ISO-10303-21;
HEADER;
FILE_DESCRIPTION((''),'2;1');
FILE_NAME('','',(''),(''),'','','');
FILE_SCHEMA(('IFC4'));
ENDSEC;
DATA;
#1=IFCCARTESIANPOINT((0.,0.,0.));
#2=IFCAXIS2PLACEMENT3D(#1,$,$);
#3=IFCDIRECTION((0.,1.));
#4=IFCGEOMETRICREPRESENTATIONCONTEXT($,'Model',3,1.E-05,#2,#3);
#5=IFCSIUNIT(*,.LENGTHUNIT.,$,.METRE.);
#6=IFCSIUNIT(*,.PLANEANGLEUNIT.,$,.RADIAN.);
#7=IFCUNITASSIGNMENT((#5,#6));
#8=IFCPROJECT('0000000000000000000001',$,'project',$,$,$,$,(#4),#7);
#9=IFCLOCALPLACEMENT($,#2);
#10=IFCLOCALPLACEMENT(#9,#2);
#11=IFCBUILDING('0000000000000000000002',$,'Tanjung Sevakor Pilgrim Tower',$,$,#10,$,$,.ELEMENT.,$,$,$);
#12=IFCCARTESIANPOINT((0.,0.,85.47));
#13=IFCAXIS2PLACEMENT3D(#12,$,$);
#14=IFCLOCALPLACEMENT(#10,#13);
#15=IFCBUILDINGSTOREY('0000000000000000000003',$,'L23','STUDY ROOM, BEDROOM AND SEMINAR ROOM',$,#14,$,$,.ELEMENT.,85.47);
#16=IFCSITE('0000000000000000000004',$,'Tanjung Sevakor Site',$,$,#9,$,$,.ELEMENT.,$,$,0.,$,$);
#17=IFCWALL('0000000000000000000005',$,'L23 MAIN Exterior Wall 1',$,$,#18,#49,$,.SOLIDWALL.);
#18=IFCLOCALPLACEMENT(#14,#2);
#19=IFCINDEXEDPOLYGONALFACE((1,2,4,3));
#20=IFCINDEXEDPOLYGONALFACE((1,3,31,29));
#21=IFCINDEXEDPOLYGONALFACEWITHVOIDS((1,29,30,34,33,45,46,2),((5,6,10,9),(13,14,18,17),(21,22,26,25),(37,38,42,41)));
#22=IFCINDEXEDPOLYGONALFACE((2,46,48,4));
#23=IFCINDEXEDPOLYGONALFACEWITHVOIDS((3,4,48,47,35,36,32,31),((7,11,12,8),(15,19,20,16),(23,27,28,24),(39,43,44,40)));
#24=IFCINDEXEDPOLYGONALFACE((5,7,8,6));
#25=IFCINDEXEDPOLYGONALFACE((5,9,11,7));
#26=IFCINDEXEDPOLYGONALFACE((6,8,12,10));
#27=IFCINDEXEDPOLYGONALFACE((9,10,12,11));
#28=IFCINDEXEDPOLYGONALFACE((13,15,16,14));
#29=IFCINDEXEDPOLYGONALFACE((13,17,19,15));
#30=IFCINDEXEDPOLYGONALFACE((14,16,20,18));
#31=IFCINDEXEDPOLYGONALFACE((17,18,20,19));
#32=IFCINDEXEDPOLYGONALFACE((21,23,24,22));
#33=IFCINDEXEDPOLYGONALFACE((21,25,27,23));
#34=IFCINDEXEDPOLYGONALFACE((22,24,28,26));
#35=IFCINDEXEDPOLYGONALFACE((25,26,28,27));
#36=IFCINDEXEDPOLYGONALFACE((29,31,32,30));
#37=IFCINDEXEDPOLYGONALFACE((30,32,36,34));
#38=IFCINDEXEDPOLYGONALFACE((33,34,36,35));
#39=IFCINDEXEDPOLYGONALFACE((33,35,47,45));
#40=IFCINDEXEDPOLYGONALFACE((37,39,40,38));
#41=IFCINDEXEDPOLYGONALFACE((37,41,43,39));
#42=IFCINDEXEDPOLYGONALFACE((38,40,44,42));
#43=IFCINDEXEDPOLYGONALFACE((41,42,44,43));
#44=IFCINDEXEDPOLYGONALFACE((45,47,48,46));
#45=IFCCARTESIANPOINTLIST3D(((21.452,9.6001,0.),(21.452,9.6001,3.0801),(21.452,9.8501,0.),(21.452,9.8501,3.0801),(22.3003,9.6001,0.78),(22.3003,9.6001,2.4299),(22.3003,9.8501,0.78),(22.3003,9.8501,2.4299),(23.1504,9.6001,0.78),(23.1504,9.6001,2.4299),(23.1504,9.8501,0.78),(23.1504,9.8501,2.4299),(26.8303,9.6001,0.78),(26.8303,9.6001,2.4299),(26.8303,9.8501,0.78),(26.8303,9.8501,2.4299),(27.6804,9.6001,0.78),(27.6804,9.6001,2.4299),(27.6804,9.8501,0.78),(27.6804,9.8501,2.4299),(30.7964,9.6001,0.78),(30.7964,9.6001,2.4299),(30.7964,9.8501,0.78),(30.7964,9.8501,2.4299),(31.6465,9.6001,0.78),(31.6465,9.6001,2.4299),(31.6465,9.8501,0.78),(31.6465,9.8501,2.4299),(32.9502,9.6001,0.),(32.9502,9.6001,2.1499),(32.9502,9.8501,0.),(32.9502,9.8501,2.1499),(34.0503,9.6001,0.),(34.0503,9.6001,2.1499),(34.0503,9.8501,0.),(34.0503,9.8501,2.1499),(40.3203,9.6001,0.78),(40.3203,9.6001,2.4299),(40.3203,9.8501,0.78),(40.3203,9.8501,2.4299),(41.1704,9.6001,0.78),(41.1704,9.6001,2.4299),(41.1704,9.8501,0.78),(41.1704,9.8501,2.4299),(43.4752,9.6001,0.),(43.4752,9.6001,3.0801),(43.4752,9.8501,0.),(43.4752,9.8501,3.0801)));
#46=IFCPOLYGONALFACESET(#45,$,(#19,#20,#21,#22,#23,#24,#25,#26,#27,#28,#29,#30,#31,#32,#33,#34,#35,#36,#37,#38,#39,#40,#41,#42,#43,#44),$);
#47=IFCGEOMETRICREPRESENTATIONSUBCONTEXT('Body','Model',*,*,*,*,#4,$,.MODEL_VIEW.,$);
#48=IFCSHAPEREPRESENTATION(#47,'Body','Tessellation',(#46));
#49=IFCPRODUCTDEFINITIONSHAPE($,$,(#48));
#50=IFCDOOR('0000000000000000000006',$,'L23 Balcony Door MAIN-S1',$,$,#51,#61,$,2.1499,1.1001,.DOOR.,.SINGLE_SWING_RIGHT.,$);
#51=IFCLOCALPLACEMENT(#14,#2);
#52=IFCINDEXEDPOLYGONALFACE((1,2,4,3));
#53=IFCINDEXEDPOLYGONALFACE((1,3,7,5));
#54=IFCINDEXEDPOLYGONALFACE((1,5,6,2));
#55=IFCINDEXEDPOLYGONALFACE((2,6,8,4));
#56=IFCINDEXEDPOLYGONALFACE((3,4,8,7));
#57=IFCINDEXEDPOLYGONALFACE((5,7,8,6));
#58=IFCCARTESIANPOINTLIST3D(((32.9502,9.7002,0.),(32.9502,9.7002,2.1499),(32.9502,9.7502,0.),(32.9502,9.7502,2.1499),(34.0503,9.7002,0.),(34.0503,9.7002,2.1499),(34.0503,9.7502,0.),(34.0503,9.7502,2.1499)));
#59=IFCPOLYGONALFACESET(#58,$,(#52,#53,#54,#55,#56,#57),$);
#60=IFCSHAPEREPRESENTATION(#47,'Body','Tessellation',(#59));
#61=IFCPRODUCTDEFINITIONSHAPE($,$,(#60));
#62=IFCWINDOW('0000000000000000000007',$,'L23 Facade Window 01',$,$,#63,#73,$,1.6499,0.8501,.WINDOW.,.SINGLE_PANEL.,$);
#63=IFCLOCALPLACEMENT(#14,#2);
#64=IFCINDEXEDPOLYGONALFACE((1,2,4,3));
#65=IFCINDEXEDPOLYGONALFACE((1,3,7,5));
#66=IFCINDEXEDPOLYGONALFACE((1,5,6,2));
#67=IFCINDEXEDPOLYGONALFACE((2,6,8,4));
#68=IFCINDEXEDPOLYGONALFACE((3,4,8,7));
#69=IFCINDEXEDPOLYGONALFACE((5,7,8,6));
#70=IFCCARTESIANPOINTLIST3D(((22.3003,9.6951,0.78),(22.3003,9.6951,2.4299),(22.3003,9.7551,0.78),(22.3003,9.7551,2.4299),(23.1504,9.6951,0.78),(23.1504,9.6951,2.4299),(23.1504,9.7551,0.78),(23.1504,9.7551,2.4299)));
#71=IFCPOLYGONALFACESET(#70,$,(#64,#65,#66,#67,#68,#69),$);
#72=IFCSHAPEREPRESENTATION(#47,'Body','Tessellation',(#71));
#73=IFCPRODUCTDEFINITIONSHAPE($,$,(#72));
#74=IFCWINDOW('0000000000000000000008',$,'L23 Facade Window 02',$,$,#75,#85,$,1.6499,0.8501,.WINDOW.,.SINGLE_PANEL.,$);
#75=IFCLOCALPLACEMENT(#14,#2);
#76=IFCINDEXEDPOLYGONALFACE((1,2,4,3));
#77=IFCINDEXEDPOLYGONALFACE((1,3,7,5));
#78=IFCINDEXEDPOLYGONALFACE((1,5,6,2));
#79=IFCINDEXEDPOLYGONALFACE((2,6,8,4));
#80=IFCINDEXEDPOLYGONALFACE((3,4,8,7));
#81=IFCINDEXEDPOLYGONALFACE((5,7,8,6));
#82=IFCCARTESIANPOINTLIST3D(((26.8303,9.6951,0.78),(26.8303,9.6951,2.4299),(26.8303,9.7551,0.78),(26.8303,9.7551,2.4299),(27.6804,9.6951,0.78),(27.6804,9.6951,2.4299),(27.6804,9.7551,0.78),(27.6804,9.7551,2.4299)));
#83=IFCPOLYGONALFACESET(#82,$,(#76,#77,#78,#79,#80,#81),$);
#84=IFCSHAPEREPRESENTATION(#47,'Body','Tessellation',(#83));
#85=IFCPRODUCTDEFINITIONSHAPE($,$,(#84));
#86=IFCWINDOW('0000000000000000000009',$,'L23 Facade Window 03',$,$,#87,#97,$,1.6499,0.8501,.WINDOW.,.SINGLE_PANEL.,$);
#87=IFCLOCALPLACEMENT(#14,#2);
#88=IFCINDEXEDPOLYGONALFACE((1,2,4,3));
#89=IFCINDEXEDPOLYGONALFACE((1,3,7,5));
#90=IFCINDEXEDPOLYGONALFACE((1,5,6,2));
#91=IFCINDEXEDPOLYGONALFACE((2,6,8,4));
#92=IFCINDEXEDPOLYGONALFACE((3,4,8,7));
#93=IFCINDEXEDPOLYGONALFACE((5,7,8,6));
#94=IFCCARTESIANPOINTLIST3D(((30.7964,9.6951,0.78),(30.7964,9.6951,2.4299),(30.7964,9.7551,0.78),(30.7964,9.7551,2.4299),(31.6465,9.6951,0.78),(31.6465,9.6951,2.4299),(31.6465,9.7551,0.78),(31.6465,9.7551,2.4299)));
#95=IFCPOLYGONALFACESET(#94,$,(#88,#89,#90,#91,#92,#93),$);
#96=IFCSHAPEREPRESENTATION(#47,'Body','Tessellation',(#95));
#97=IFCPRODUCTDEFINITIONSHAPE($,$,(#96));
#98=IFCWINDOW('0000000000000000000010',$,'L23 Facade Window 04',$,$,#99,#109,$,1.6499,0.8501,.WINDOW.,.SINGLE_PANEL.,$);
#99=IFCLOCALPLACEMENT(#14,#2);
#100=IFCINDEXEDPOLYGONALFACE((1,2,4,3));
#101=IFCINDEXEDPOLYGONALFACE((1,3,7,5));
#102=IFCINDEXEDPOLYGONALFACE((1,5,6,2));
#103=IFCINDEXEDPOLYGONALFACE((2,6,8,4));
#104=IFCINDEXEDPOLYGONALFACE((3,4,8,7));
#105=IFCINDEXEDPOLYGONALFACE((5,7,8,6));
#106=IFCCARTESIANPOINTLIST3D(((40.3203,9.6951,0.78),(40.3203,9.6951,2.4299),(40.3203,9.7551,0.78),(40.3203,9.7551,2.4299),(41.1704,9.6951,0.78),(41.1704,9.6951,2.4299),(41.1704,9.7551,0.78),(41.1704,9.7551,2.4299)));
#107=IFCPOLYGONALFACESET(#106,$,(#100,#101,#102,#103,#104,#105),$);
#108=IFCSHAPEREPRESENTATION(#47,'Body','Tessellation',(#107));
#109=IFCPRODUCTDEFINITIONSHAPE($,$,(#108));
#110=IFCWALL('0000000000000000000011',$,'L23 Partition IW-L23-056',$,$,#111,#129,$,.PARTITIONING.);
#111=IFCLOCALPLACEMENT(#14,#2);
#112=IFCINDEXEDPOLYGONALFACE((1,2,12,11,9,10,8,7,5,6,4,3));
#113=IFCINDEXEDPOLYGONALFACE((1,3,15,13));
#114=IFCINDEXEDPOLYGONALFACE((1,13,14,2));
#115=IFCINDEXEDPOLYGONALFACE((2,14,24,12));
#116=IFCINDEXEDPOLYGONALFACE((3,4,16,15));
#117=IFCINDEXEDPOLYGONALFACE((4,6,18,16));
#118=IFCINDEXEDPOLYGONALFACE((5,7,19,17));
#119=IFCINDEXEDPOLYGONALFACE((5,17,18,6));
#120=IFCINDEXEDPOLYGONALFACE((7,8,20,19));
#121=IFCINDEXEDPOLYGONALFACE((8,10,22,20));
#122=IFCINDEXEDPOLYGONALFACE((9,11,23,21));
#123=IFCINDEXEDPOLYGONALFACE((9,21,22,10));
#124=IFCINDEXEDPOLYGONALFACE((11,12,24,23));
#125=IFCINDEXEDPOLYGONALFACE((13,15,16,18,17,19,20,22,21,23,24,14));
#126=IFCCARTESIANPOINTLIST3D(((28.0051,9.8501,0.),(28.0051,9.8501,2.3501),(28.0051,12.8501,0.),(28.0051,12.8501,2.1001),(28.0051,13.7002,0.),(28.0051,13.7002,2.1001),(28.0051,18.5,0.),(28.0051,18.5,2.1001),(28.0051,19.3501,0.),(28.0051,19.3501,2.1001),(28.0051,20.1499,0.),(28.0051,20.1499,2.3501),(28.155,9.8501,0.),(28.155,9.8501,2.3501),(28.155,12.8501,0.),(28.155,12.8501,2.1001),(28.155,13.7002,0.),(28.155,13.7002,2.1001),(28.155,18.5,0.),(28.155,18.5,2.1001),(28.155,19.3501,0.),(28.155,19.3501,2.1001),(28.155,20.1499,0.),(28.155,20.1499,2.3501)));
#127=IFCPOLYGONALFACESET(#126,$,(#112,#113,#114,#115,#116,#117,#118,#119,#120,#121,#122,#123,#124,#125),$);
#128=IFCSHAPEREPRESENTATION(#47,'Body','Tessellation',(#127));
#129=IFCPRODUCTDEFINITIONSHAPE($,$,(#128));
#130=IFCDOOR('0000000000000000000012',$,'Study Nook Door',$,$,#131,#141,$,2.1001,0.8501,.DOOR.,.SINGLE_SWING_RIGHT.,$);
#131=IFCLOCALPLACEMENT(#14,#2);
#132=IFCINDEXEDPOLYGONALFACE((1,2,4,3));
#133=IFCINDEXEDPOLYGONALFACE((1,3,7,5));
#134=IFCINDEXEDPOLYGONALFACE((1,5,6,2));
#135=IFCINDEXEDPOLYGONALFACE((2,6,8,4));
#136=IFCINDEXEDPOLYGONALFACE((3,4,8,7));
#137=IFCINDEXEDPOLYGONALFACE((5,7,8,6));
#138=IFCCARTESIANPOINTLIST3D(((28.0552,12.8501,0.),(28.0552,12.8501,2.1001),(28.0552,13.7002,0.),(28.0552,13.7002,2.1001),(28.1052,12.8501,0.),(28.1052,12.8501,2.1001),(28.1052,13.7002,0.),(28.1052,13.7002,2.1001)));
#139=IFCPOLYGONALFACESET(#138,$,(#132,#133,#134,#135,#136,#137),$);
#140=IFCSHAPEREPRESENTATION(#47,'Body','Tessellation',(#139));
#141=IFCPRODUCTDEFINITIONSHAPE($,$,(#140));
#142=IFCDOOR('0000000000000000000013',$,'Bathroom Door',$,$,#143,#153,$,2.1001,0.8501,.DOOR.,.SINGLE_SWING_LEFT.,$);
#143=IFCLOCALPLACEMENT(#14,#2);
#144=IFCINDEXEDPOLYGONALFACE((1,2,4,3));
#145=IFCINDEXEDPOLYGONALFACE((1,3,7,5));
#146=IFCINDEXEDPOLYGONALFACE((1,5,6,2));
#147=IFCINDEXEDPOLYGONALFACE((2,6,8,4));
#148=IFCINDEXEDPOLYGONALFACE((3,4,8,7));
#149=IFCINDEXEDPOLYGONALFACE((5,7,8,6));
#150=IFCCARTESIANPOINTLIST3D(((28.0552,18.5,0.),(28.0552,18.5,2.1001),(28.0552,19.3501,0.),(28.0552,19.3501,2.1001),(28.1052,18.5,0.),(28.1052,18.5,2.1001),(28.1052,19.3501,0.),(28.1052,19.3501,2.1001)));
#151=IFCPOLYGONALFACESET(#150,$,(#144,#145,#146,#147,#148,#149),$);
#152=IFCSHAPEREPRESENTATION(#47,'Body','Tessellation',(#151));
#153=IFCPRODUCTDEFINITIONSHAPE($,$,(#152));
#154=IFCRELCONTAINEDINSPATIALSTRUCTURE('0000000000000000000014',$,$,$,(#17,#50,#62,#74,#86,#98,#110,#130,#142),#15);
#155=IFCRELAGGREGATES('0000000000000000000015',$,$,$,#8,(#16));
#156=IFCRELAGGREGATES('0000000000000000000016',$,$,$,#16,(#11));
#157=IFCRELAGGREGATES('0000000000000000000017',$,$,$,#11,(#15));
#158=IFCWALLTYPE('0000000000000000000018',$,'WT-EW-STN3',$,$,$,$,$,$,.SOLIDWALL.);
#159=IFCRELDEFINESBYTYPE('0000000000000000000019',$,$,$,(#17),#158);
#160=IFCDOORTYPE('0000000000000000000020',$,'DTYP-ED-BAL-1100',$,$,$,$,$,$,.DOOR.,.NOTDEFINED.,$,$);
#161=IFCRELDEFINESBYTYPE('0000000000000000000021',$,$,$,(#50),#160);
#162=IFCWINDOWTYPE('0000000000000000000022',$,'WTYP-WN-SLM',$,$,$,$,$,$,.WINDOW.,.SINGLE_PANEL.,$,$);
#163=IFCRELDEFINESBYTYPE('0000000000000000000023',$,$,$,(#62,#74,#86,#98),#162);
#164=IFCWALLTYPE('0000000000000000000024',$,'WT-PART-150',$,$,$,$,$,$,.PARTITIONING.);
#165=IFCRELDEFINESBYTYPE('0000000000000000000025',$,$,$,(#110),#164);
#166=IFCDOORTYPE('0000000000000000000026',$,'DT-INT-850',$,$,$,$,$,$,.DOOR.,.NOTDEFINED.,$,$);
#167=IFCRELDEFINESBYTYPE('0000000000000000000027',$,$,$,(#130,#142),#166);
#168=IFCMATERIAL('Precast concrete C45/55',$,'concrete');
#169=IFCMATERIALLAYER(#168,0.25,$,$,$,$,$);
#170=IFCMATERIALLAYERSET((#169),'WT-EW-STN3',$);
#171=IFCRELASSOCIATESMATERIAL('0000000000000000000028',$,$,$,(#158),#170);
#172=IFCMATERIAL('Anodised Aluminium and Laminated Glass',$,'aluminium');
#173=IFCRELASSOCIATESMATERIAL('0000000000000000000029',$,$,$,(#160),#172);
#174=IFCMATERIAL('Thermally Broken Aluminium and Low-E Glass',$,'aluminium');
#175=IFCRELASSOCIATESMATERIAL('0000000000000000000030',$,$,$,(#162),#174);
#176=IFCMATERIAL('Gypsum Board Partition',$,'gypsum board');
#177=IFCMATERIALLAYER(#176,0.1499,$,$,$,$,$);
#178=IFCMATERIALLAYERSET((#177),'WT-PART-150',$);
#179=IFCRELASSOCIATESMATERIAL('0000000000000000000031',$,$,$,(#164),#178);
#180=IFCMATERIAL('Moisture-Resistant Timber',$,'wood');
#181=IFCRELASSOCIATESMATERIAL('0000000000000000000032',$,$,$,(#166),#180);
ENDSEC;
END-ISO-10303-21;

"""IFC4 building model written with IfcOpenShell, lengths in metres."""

from ifc_helpers import new_model, si_unit, direction, frame, frame_2d, origin, place, context, subcontext, project, spatial, rectangle, extrude, material, layer, layer_set, type_object, element, fill, save


model = new_model("IFC4")

# Units and contexts
model_context = context("Model", 3, precision=1e-05, world=origin(), true_north=direction((0.0, 1.0)))
body_context = subcontext(model_context, "Body", "Model", "MODEL_VIEW")
ifc_project = project(units=[si_unit("LENGTHUNIT", "METRE"), si_unit("PLANEANGLEUNIT", "RADIAN")], contexts=[model_context])

# Site, building, storey
site_placement = place(None, origin())
site = spatial("IfcSite", under=ifc_project, at=site_placement, Name="Tanjung Sevakor Site", CompositionType="ELEMENT", RefElevation=0.0)
building_placement = place(site_placement, origin())
building = spatial("IfcBuilding", under=site, at=building_placement, Name="Tanjung Sevakor Pilgrim Tower", CompositionType="ELEMENT")
storey_placement = place(building_placement, frame((0.0, 0.0, 85.47)))
storey = spatial("IfcBuildingStorey", under=building, at=storey_placement, Name="L23", Description="STUDY ROOM, BEDROOM AND SEMINAR ROOM", CompositionType="ELEMENT", Elevation=85.47)

# Wall, openings, door, windows
ifc_material_1 = material(Name="Precast concrete C45/55", Category="concrete")
ifc_layer_1 = layer(ifc_material_1, 0.25)
ifc_layer_set_1 = layer_set([ifc_layer_1], Name="WT-EW-STN3")
wall_type_1 = type_object("IfcWallType", Name="WT-EW-STN3", PredefinedType="SOLIDWALL", material=ifc_layer_set_1)
wall_1_placement = place(storey_placement, frame((21.4519, 9.7251, 0.0), z_axis=(0.0, 0.0, 1.0), x_axis=(1.0, 0.0, 0.0)))
wall_1 = element("IfcWall", 1, at=wall_1_placement, inside=storey, type_object=wall_type_1, Name="L23 MAIN Exterior Wall 1", PredefinedType="SOLIDWALL", context=body_context, shape_type="SweptSolid", body=[
    extrude(rectangle(XDim=22.0232, YDim=0.25, at=frame_2d((11.0117, 0.0))), origin(), (0.0, 0.0, 1.0), 3.0801),
])
opening_1_placement = place(wall_1_placement, frame((11.4983, 0.0, 0.0)))
opening_1 = element("IfcOpeningElement", 2, at=opening_1_placement, cuts=wall_1, PredefinedType="OPENING", context=body_context, shape_type="SweptSolid", body=[
    extrude(rectangle(XDim=1.1001, YDim=2.1499, at=frame_2d((0.55, 1.075))), frame((0.0, 0.135, 0.0), z_axis=(0.0, -1.0, 0.0), x_axis=(1.0, 0.0, 0.0)), (0.0, 0.0, 1.0), 0.27),
])
opening_2_placement = place(wall_1_placement, frame((0.8484, 0.0, 0.78)))
opening_2 = element("IfcOpeningElement", 3, at=opening_2_placement, cuts=wall_1, PredefinedType="OPENING", context=body_context, shape_type="SweptSolid", body=[
    extrude(rectangle(XDim=0.8501, YDim=1.6499, at=frame_2d((0.425, 0.825))), frame((0.0, 0.135, 0.0), z_axis=(0.0, -1.0, 0.0), x_axis=(1.0, 0.0, 0.0)), (0.0, 0.0, 1.0), 0.27),
])
opening_3_placement = place(wall_1_placement, frame((5.3784, 0.0, 0.78)))
opening_3 = element("IfcOpeningElement", 4, at=opening_3_placement, cuts=wall_1, PredefinedType="OPENING", context=body_context, shape_type="SweptSolid", body=[
    extrude(rectangle(XDim=0.8501, YDim=1.6499, at=frame_2d((0.425, 0.825))), frame((0.0, 0.135, 0.0), z_axis=(0.0, -1.0, 0.0), x_axis=(1.0, 0.0, 0.0)), (0.0, 0.0, 1.0), 0.27),
])
opening_4_placement = place(wall_1_placement, frame((9.3445, 0.0, 0.78)))
opening_4 = element("IfcOpeningElement", 5, at=opening_4_placement, cuts=wall_1, PredefinedType="OPENING", context=body_context, shape_type="SweptSolid", body=[
    extrude(rectangle(XDim=0.8501, YDim=1.6499, at=frame_2d((0.425, 0.825))), frame((0.0, 0.135, 0.0), z_axis=(0.0, -1.0, 0.0), x_axis=(1.0, 0.0, 0.0)), (0.0, 0.0, 1.0), 0.27),
])
opening_5_placement = place(wall_1_placement, frame((18.8684, 0.0, 0.78)))
opening_5 = element("IfcOpeningElement", 6, at=opening_5_placement, cuts=wall_1, PredefinedType="OPENING", context=body_context, shape_type="SweptSolid", body=[
    extrude(rectangle(XDim=0.8501, YDim=1.6499, at=frame_2d((0.425, 0.825))), frame((0.0, 0.135, 0.0), z_axis=(0.0, -1.0, 0.0), x_axis=(1.0, 0.0, 0.0)), (0.0, 0.0, 1.0), 0.27),
])
ifc_material_2 = material(Name="Anodised Aluminium and Laminated Glass", Category="aluminium")
door_type_1 = type_object("IfcDoorType", Name="DTYP-ED-BAL-1100", OperationType="NOTDEFINED", PredefinedType="DOOR", material=ifc_material_2)
door_1_placement = place(opening_1_placement, frame((1.1001, 0.0, 0.0), z_axis=(0.0, 0.0, 1.0), x_axis=(-1.0, 0.0, 0.0)))
door_1 = element("IfcDoor", 7, at=door_1_placement, inside=storey, type_object=door_type_1, Name="L23 Balcony Door MAIN-S1", OperationType="SINGLE_SWING_RIGHT", OverallHeight=2.1499, OverallWidth=1.1001, PredefinedType="DOOR", context=body_context, shape_type="SweptSolid", body=[
    extrude(rectangle(XDim=1.1001, YDim=2.1499, at=frame_2d((0.55, 1.075))), frame((0.0, 0.0249, 0.0), z_axis=(0.0, -1.0, 0.0), x_axis=(1.0, 0.0, 0.0)), (0.0, 0.0, 1.0), 0.05),
])
fill(opening_1, door_1)
ifc_material_3 = material(Name="Thermally Broken Aluminium and Low-E Glass", Category="aluminium")
window_type = type_object("IfcWindowType", Name="WTYP-WN-SLM", PartitioningType="SINGLE_PANEL", PredefinedType="WINDOW", material=ifc_material_3)
window_1_placement = place(opening_2_placement, origin())
window_1 = element("IfcWindow", 8, at=window_1_placement, inside=storey, type_object=window_type, Name="L23 Facade Window 01", OverallHeight=1.6499, OverallWidth=0.8501, PartitioningType="SINGLE_PANEL", PredefinedType="WINDOW", context=body_context, shape_type="SweptSolid", body=[
    extrude(rectangle(XDim=0.8501, YDim=1.6499, at=frame_2d((0.425, 0.825))), frame((0.0, 0.03, 0.0), z_axis=(0.0, -1.0, 0.0), x_axis=(1.0, 0.0, 0.0)), (0.0, 0.0, 1.0), 0.0601),
])
fill(opening_2, window_1)
window_2_placement = place(opening_3_placement, origin())
window_2 = element("IfcWindow", 9, at=window_2_placement, inside=storey, type_object=window_type, Name="L23 Facade Window 02", OverallHeight=1.6499, OverallWidth=0.8501, PartitioningType="SINGLE_PANEL", PredefinedType="WINDOW", context=body_context, shape_type="SweptSolid", body=[
    extrude(rectangle(XDim=0.8501, YDim=1.6499, at=frame_2d((0.425, 0.825))), frame((0.0, 0.03, 0.0), z_axis=(0.0, -1.0, 0.0), x_axis=(1.0, 0.0, 0.0)), (0.0, 0.0, 1.0), 0.0601),
])
fill(opening_3, window_2)
window_3_placement = place(opening_4_placement, origin())
window_3 = element("IfcWindow", 10, at=window_3_placement, inside=storey, type_object=window_type, Name="L23 Facade Window 03", OverallHeight=1.6499, OverallWidth=0.8501, PartitioningType="SINGLE_PANEL", PredefinedType="WINDOW", context=body_context, shape_type="SweptSolid", body=[
    extrude(rectangle(XDim=0.8501, YDim=1.6499, at=frame_2d((0.425, 0.825))), frame((0.0, 0.03, 0.0), z_axis=(0.0, -1.0, 0.0), x_axis=(1.0, 0.0, 0.0)), (0.0, 0.0, 1.0), 0.0601),
])
fill(opening_4, window_3)
window_4_placement = place(opening_5_placement, origin())
window_4 = element("IfcWindow", 11, at=window_4_placement, inside=storey, type_object=window_type, Name="L23 Facade Window 04", OverallHeight=1.6499, OverallWidth=0.8501, PartitioningType="SINGLE_PANEL", PredefinedType="WINDOW", context=body_context, shape_type="SweptSolid", body=[
    extrude(rectangle(XDim=0.8501, YDim=1.6499, at=frame_2d((0.425, 0.825))), frame((0.0, 0.03, 0.0), z_axis=(0.0, -1.0, 0.0), x_axis=(1.0, 0.0, 0.0)), (0.0, 0.0, 1.0), 0.0601),
])
fill(opening_5, window_4)

# Wall, openings, doors
ifc_material_4 = material(Name="Gypsum Board Partition", Category="gypsum board")
ifc_layer_2 = layer(ifc_material_4, 0.1499)
ifc_layer_set_2 = layer_set([ifc_layer_2], Name="WT-PART-150")
wall_type_2 = type_object("IfcWallType", Name="WT-PART-150", PredefinedType="PARTITIONING", material=ifc_layer_set_2)
wall_2_placement = place(storey_placement, frame((28.0801, 9.8501, 0.0), z_axis=(0.0, 0.0, 1.0), x_axis=(0.0, 1.0, 0.0)))
wall_2 = element("IfcWall", 12, at=wall_2_placement, inside=storey, type_object=wall_type_2, Name="L23 Partition IW-L23-056", PredefinedType="PARTITIONING", context=body_context, shape_type="SweptSolid", body=[
    extrude(rectangle(XDim=10.2998, YDim=0.1499, at=frame_2d((5.1499, 0.0))), origin(), (0.0, 0.0, 1.0), 2.3501),
])
opening_6_placement = place(wall_2_placement, frame((3.0, 0.0, 0.0)))
opening_6 = element("IfcOpeningElement", 13, at=opening_6_placement, cuts=wall_2, PredefinedType="OPENING", context=body_context, shape_type="SweptSolid", body=[
    extrude(rectangle(XDim=0.8501, YDim=2.1001, at=frame_2d((0.425, 1.05))), frame((0.0, 0.085, 0.0), z_axis=(0.0, -1.0, 0.0), x_axis=(1.0, 0.0, 0.0)), (0.0, 0.0, 1.0), 0.1699),
])
opening_7_placement = place(wall_2_placement, frame((8.6499, 0.0, 0.0)))
opening_7 = element("IfcOpeningElement", 14, at=opening_7_placement, cuts=wall_2, PredefinedType="OPENING", context=body_context, shape_type="SweptSolid", body=[
    extrude(rectangle(XDim=0.8501, YDim=2.1001, at=frame_2d((0.425, 1.05))), frame((0.0, 0.085, 0.0), z_axis=(0.0, -1.0, 0.0), x_axis=(1.0, 0.0, 0.0)), (0.0, 0.0, 1.0), 0.1699),
])
ifc_material_5 = material(Name="Moisture-Resistant Timber", Category="wood")
door_type_2 = type_object("IfcDoorType", Name="DT-INT-850", OperationType="NOTDEFINED", PredefinedType="DOOR", material=ifc_material_5)
door_2_placement = place(opening_6_placement, origin())
door_2 = element("IfcDoor", 15, at=door_2_placement, inside=storey, type_object=door_type_2, Name="Study Nook Door", OperationType="SINGLE_SWING_RIGHT", OverallHeight=2.1001, OverallWidth=0.8501, PredefinedType="DOOR", context=body_context, shape_type="SweptSolid", body=[
    extrude(rectangle(XDim=0.8501, YDim=2.1001, at=frame_2d((0.425, 1.05))), frame((0.0, 0.0249, 0.0), z_axis=(0.0, -1.0, 0.0), x_axis=(1.0, 0.0, 0.0)), (0.0, 0.0, 1.0), 0.05),
])
fill(opening_6, door_2)
door_3_placement = place(opening_7_placement, origin())
door_3 = element("IfcDoor", 16, at=door_3_placement, inside=storey, type_object=door_type_2, Name="Bathroom Door", OperationType="SINGLE_SWING_LEFT", OverallHeight=2.1001, OverallWidth=0.8501, PredefinedType="DOOR", context=body_context, shape_type="SweptSolid", body=[
    extrude(rectangle(XDim=0.8501, YDim=2.1001, at=frame_2d((0.425, 1.05))), frame((0.0, 0.0249, 0.0), z_axis=(0.0, -1.0, 0.0), x_axis=(1.0, 0.0, 0.0)), (0.0, 0.0, 1.0), 0.05),
])
fill(opening_7, door_3)

save(model, "model.ifc")
